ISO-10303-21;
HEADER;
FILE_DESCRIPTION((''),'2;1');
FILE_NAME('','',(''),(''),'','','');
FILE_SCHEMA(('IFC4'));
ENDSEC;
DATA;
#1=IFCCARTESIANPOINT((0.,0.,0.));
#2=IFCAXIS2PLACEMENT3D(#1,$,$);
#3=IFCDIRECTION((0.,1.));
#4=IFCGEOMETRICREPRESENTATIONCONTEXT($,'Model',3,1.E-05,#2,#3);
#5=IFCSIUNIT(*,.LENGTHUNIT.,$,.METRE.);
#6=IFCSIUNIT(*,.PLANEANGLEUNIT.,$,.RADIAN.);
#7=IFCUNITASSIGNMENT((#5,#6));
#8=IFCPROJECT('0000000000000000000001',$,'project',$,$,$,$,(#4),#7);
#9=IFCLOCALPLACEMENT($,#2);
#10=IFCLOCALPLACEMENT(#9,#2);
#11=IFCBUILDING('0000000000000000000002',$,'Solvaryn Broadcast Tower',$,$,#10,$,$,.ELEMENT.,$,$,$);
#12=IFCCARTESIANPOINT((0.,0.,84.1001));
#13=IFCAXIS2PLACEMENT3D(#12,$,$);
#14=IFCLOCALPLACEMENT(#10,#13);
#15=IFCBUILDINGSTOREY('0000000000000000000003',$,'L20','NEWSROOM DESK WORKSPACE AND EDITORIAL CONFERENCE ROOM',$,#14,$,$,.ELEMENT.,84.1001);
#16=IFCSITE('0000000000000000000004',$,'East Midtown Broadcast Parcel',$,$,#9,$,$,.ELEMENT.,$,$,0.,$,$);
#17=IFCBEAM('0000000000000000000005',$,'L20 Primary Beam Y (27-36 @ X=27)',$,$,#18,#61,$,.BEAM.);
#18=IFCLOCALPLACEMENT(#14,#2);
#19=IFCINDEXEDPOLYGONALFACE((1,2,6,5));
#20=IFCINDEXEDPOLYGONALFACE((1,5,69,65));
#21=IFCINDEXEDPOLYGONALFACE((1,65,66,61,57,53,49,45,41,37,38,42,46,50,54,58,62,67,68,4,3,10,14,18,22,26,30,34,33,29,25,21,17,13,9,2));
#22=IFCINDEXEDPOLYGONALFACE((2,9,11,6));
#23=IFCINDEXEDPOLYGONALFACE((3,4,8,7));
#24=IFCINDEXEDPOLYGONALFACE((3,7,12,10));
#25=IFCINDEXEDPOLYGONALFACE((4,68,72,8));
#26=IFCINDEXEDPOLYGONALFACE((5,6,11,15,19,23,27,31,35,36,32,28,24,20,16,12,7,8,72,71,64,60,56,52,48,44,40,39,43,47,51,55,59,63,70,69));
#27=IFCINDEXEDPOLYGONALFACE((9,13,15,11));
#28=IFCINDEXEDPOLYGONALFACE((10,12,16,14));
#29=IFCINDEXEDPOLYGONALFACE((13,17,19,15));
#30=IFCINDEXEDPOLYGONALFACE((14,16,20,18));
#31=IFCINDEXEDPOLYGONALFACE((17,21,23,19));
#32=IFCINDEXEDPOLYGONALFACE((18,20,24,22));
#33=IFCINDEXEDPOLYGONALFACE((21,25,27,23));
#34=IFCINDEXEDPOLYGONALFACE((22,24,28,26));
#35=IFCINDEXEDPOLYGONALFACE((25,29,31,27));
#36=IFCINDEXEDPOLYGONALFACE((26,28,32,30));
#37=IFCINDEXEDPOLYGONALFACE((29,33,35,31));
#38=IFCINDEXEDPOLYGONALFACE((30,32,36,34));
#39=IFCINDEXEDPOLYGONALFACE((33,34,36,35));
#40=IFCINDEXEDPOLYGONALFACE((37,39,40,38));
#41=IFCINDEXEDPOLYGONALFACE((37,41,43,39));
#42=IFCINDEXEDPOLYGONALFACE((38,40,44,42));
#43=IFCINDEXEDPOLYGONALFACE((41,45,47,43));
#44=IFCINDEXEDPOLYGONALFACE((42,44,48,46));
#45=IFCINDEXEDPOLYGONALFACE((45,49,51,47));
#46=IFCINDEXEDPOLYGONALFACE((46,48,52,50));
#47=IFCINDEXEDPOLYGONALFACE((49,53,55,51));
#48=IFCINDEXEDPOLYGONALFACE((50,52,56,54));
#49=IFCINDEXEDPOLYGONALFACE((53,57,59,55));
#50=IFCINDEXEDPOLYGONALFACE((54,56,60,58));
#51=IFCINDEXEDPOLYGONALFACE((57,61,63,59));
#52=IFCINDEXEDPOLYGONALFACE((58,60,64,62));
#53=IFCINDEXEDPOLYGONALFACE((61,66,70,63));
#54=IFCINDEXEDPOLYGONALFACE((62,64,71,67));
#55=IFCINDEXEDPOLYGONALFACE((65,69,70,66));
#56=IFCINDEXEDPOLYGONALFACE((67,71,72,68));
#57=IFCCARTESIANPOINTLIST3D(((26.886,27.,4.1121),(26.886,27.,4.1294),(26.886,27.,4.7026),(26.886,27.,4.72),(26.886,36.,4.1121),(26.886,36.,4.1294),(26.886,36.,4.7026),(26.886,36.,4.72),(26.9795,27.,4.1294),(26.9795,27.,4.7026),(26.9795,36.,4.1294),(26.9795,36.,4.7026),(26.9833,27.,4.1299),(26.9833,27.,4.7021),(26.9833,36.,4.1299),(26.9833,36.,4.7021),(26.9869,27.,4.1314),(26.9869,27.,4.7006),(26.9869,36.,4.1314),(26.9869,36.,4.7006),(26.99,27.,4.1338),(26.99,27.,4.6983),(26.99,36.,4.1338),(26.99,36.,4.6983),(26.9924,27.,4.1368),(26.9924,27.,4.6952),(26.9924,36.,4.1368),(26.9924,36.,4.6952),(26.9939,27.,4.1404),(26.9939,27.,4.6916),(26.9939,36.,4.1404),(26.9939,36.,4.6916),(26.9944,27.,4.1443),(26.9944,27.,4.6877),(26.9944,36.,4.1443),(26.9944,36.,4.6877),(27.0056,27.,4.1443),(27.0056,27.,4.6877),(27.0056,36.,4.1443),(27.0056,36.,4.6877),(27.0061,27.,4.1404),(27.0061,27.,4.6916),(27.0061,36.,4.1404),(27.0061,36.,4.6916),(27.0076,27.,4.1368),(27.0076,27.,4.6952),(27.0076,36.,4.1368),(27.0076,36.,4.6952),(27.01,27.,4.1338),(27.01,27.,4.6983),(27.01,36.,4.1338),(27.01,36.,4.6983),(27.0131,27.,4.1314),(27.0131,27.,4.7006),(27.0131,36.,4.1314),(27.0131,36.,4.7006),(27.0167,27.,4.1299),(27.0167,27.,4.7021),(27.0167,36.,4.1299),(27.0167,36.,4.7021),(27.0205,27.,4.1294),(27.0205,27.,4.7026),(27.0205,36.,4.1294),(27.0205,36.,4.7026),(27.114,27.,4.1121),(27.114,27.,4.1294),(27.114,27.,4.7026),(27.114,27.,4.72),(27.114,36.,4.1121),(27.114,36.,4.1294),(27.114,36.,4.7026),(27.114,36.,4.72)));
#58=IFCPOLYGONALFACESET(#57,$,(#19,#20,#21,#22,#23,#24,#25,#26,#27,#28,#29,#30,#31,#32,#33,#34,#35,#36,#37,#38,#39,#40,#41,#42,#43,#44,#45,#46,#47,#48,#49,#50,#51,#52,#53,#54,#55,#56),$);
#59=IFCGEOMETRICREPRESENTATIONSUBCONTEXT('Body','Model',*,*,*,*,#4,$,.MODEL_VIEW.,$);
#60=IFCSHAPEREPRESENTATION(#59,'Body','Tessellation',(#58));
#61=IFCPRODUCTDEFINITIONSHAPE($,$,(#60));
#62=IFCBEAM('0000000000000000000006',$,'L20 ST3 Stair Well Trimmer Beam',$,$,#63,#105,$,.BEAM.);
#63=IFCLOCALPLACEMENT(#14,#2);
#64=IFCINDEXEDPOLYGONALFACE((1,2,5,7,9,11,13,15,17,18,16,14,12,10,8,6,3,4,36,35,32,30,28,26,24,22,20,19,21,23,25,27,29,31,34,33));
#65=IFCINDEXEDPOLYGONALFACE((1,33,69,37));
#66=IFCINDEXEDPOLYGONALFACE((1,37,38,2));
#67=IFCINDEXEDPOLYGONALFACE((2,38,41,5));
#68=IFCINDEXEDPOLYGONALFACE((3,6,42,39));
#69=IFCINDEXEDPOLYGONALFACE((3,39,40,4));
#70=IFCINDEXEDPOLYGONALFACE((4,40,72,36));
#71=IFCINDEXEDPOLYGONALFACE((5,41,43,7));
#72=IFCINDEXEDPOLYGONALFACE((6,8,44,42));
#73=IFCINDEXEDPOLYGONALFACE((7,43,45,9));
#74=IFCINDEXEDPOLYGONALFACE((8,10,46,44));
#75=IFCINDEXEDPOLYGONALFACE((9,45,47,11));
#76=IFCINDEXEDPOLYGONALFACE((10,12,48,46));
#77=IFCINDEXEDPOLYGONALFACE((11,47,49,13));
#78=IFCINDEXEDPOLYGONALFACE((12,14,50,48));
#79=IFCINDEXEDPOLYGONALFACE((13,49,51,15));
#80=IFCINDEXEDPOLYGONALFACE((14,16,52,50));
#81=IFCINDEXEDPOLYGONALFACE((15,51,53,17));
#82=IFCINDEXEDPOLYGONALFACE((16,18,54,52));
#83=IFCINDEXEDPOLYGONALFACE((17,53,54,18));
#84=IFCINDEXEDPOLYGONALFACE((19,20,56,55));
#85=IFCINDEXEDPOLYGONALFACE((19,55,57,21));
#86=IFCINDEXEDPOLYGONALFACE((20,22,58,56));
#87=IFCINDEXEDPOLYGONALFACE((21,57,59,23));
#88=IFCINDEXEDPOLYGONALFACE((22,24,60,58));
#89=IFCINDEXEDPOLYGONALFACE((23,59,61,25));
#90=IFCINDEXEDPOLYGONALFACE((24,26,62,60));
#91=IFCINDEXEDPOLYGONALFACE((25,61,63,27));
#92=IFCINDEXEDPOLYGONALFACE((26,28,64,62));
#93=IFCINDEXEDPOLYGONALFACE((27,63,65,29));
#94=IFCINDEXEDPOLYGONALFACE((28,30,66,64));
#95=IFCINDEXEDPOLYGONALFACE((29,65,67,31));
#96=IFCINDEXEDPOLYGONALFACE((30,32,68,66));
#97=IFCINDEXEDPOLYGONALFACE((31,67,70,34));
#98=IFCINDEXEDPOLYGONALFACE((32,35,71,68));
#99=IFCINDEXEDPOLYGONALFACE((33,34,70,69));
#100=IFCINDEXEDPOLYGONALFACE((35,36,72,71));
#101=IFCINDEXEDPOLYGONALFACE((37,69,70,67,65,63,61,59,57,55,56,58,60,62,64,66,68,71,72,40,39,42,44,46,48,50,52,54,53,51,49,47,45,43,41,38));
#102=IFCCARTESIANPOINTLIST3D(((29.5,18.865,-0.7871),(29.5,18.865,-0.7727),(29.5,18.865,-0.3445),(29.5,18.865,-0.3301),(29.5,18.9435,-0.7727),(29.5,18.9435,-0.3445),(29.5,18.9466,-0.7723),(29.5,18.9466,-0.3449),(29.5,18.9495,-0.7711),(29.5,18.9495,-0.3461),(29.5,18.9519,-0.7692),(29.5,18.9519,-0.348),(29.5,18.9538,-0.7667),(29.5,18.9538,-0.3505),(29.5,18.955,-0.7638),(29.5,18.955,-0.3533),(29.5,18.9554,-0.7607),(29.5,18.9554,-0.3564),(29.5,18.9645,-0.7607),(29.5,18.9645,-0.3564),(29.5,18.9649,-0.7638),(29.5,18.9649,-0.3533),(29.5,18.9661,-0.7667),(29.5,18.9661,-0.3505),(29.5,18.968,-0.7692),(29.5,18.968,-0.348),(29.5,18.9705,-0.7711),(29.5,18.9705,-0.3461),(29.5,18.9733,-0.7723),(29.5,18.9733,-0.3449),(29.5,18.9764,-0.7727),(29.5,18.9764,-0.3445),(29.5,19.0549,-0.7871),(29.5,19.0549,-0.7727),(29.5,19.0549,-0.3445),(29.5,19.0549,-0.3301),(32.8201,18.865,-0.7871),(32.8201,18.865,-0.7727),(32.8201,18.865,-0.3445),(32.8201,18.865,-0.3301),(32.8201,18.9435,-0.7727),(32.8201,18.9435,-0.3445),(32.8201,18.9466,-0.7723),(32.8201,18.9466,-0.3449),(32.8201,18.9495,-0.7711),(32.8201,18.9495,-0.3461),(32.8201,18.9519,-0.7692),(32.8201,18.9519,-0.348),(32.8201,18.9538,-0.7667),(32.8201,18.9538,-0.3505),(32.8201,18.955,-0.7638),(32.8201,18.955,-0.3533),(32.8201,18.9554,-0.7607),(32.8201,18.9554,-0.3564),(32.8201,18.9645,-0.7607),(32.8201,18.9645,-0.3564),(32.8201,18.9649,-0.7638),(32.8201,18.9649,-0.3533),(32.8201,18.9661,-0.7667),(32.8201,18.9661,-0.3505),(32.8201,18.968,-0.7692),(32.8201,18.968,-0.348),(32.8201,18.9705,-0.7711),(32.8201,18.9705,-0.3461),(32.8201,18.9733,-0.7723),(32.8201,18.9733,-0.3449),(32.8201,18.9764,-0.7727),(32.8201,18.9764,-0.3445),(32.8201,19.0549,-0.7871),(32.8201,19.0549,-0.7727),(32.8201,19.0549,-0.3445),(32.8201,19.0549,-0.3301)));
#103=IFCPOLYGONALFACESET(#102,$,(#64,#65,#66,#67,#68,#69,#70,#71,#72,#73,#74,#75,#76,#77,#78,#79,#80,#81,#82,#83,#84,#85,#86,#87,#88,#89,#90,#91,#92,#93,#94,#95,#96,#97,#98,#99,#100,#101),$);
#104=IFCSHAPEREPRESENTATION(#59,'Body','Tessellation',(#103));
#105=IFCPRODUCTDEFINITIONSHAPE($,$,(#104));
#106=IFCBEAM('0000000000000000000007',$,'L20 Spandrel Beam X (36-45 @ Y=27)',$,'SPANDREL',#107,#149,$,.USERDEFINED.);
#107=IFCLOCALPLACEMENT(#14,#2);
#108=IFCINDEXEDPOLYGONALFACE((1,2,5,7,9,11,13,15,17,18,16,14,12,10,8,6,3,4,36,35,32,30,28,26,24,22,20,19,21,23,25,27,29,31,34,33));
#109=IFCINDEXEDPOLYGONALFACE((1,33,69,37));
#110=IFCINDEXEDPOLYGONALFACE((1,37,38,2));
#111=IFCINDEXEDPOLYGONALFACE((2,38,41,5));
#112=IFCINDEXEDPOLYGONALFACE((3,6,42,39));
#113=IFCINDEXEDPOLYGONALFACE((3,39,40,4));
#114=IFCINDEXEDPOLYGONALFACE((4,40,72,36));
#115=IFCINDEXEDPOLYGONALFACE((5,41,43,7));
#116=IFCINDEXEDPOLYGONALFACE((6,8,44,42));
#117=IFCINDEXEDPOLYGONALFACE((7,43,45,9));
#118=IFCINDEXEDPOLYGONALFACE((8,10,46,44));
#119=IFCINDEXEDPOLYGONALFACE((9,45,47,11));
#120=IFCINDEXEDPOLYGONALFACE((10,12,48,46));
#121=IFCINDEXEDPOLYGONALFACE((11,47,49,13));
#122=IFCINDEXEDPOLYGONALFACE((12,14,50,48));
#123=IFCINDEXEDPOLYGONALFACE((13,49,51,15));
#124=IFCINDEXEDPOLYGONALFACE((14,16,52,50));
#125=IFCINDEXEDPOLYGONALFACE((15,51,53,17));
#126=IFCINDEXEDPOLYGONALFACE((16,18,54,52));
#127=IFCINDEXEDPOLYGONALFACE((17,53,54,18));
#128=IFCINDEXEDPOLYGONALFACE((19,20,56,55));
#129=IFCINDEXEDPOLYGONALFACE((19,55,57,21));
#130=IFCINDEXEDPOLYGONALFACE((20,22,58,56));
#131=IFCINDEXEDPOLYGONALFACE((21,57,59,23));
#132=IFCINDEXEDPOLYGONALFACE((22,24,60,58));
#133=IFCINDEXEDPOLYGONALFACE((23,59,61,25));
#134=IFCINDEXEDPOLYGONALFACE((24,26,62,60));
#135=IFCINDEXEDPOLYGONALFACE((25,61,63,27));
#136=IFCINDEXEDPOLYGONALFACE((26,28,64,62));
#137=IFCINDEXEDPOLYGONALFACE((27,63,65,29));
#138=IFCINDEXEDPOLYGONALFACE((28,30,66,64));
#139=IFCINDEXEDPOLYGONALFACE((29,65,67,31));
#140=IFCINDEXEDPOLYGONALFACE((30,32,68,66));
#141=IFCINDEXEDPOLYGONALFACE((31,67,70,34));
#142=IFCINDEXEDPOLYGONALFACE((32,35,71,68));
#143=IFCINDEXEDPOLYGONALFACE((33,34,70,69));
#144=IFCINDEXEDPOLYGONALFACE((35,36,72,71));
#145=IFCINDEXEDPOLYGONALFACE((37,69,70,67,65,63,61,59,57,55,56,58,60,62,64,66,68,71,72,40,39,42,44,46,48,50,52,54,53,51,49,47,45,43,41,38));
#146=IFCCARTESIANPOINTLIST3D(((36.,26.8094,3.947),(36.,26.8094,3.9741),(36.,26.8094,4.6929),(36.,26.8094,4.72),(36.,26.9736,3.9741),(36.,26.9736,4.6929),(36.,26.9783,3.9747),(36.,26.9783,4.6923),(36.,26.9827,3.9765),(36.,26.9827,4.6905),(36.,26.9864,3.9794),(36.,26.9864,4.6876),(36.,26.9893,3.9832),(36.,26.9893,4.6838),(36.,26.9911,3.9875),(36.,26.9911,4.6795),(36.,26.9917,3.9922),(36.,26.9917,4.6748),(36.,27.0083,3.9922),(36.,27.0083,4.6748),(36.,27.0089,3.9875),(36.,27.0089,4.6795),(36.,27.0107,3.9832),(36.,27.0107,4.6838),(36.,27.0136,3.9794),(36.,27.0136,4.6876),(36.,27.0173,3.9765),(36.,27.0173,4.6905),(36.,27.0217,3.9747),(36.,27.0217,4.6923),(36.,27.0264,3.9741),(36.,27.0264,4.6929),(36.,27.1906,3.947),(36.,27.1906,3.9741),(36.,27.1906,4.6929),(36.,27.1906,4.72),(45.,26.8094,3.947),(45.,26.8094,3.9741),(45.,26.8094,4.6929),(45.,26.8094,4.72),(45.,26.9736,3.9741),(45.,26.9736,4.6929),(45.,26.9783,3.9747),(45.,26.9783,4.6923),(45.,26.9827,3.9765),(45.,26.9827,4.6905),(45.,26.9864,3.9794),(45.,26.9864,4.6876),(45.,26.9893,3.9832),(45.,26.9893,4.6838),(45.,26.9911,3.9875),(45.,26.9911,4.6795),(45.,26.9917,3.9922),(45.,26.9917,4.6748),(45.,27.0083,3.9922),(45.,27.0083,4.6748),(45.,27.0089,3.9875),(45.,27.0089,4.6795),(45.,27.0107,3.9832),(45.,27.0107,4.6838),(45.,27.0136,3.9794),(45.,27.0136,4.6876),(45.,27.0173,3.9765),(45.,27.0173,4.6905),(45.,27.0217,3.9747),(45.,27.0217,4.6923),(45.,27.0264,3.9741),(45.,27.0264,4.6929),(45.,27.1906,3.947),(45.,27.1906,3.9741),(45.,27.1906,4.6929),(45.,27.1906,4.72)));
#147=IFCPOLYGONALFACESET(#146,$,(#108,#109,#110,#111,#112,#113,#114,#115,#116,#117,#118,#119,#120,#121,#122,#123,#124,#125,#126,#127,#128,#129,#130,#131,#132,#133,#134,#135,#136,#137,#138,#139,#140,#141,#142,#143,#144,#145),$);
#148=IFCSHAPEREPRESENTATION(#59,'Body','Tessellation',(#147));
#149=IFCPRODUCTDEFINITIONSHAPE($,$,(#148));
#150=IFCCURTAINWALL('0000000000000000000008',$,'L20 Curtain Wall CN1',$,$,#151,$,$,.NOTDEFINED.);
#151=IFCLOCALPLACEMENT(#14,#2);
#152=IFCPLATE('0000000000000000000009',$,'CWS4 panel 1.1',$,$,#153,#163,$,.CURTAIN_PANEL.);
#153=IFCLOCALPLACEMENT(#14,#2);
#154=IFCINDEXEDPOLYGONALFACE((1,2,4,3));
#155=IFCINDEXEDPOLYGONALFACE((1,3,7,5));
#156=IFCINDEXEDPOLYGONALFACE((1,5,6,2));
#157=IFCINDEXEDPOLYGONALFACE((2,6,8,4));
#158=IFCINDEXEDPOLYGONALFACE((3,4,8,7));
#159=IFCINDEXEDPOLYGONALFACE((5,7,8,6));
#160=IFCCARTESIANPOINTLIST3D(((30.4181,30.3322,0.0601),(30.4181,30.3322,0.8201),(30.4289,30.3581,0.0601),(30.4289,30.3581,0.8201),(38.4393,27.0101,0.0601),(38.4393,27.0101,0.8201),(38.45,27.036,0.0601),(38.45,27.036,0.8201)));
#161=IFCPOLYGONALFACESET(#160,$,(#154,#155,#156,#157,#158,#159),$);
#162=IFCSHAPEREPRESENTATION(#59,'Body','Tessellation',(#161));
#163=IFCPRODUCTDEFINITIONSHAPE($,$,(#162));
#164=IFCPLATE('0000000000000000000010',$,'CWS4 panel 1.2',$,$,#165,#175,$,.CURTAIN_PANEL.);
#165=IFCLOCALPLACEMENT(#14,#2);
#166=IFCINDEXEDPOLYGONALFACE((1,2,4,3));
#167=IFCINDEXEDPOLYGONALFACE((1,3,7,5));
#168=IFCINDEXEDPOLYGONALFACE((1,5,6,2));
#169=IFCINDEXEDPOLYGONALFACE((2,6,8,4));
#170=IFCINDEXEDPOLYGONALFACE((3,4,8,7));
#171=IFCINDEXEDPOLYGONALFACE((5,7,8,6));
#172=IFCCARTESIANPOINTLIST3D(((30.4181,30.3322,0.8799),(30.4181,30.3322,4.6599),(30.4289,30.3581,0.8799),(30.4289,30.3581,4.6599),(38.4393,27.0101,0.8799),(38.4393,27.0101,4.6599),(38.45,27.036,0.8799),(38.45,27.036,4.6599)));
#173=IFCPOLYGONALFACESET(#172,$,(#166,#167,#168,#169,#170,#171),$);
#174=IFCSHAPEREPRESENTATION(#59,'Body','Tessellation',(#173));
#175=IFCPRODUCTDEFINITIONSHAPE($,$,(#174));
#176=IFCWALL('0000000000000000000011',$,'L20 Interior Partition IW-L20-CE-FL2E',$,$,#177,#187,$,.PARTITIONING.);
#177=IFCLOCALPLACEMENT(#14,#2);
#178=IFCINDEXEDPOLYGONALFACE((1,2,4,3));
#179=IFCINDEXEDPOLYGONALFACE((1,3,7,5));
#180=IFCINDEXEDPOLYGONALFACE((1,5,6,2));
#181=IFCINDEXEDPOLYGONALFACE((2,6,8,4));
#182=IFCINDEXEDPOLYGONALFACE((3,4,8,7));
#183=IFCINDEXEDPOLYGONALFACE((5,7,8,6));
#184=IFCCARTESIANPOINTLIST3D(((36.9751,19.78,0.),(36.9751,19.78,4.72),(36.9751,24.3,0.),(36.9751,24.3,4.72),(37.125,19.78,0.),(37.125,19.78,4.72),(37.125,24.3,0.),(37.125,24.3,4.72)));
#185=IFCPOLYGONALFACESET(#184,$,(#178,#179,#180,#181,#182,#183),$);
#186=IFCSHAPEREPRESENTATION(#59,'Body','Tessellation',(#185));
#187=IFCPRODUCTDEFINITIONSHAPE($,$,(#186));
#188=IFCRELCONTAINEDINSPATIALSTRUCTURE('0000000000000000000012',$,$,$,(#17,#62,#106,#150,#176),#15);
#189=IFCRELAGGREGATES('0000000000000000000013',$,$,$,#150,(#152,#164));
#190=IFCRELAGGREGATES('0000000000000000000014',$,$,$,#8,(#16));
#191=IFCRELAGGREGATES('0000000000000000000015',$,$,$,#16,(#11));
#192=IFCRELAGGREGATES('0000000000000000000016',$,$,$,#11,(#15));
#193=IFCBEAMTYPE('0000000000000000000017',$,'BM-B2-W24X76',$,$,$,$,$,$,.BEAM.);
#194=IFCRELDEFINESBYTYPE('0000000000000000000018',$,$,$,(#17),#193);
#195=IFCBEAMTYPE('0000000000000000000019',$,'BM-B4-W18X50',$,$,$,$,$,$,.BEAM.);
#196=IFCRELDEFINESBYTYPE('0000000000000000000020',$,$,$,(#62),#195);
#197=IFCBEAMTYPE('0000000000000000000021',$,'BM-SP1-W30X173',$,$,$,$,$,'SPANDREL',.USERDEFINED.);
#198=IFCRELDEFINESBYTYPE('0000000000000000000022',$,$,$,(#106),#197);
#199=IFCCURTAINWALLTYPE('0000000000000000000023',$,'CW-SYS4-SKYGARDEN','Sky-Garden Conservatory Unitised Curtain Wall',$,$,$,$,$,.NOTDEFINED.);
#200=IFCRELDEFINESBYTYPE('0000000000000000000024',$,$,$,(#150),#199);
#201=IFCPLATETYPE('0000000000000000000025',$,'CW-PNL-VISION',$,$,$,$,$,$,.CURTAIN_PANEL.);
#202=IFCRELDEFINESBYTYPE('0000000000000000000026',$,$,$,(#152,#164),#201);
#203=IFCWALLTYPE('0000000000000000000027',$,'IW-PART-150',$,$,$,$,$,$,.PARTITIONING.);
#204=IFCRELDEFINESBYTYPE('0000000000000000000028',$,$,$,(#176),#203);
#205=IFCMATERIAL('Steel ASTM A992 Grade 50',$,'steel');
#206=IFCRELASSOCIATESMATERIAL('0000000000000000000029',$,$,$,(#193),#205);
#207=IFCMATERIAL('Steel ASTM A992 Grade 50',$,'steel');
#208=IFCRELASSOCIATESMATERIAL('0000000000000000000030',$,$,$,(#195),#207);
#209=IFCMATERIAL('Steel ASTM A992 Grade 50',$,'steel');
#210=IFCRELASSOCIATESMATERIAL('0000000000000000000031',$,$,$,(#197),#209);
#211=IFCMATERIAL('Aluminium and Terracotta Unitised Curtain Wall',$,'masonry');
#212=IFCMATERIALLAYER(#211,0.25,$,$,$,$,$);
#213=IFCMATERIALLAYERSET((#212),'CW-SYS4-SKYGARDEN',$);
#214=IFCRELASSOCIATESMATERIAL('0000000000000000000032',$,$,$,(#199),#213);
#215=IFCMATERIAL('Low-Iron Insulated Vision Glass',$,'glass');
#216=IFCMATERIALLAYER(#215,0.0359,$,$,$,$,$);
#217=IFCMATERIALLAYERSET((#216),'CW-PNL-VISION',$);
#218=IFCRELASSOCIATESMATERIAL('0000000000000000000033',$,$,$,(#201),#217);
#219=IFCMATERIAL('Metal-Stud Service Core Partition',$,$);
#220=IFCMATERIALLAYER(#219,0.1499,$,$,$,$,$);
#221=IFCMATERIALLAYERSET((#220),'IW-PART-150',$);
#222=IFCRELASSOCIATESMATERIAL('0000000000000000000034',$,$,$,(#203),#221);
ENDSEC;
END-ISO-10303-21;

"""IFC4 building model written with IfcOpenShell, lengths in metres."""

from ifc_helpers import new_model, si_unit, direction, frame, frame_2d, origin, origin_2d, place, context, subcontext, project, spatial, rectangle, i_section, extrude, material, layer, layer_set, material_profile, profile_set, type_object, element, aggregate, save


model = new_model("IFC4")

# Units and contexts
model_context = context("Model", 3, precision=1e-05, world=origin(), true_north=direction((0.0, 1.0)))
body_context = subcontext(model_context, "Body", "Model", "MODEL_VIEW")
ifc_project = project(units=[si_unit("LENGTHUNIT", "METRE"), si_unit("PLANEANGLEUNIT", "RADIAN")], contexts=[model_context])

# Site, building, storey
site_placement = place(None, origin())
site = spatial("IfcSite", under=ifc_project, at=site_placement, Name="East Midtown Broadcast Parcel", CompositionType="ELEMENT", RefElevation=0.0)
building_placement = place(site_placement, origin())
building = spatial("IfcBuilding", under=site, at=building_placement, Name="Solvaryn Broadcast Tower", CompositionType="ELEMENT")
storey_placement = place(building_placement, frame((0.0, 0.0, 84.1001)))
storey = spatial("IfcBuildingStorey", under=building, at=storey_placement, Name="L20", Description="NEWSROOM DESK WORKSPACE AND EDITORIAL CONFERENCE ROOM", CompositionType="ELEMENT", Elevation=84.1001)

# Beams
ifc_material_1 = material(Name="Steel ASTM A992 Grade 50", Category="steel")
ifc_material_profile_1 = material_profile(ifc_material_1, i_section(OverallWidth=0.228, OverallDepth=0.6079, WebThickness=0.0112, FlangeThickness=0.0173, FilletRadius=0.0149, at=origin_2d()))
ifc_profile_set_1 = profile_set([ifc_material_profile_1], Name="Steel ASTM A992 Grade 50")
beam_type_1 = type_object("IfcBeamType", Name="BM-B2-W24X76", PredefinedType="BEAM", material=ifc_profile_set_1)
beam_1_placement = place(storey_placement, frame((27.0, 27.0, 4.416), z_axis=(0.0, 1.0, 0.0), x_axis=(-1.0, 0.0, 0.0)))
element("IfcBeam", 1, at=beam_1_placement, inside=storey, type_object=beam_type_1, Name="L20 Primary Beam Y (27-36 @ X=27)", PredefinedType="BEAM", context=body_context, shape_type="SweptSolid", body=[
    extrude(i_section(OverallWidth=0.228, OverallDepth=0.6079, WebThickness=0.0112, FlangeThickness=0.0173, FilletRadius=0.0149, at=origin_2d()), origin(), (0.0, 0.0, 1.0), 9.0),
])
ifc_material_2 = material(Name="Steel ASTM A992 Grade 50", Category="steel")
ifc_material_profile_2 = material_profile(ifc_material_2, i_section(OverallWidth=0.1899, OverallDepth=0.457, WebThickness=0.009, FlangeThickness=0.0144, FilletRadius=0.012, at=origin_2d()))
ifc_profile_set_2 = profile_set([ifc_material_profile_2], Name="Steel ASTM A992 Grade 50")
beam_type_2 = type_object("IfcBeamType", Name="BM-B4-W18X50", PredefinedType="BEAM", material=ifc_profile_set_2)
beam_2_placement = place(storey_placement, frame((29.5, 18.96, -0.5586), z_axis=(1.0, 0.0, 0.0), x_axis=(0.0, 1.0, 0.0)))
element("IfcBeam", 2, at=beam_2_placement, inside=storey, type_object=beam_type_2, Name="L20 ST3 Stair Well Trimmer Beam", PredefinedType="BEAM", context=body_context, shape_type="SweptSolid", body=[
    extrude(i_section(OverallWidth=0.1899, OverallDepth=0.457, WebThickness=0.009, FlangeThickness=0.0144, FilletRadius=0.012, at=origin_2d()), origin(), (0.0, 0.0, 1.0), 3.3201),
])
ifc_material_3 = material(Name="Steel ASTM A992 Grade 50", Category="steel")
ifc_material_profile_3 = material_profile(ifc_material_3, i_section(OverallWidth=0.3811, OverallDepth=0.7729, WebThickness=0.0166, FlangeThickness=0.0271, FilletRadius=0.0181, at=origin_2d()))
ifc_profile_set_3 = profile_set([ifc_material_profile_3], Name="Steel ASTM A992 Grade 50")
beam_type_3 = type_object("IfcBeamType", Name="BM-SP1-W30X173", ElementType="SPANDREL", PredefinedType="USERDEFINED", material=ifc_profile_set_3)
beam_3_placement = place(storey_placement, frame((36.0, 27.0, 4.3335), z_axis=(1.0, 0.0, 0.0), x_axis=(0.0, 1.0, 0.0)))
element("IfcBeam", 3, at=beam_3_placement, inside=storey, type_object=beam_type_3, Name="L20 Spandrel Beam X (36-45 @ Y=27)", ObjectType="SPANDREL", PredefinedType="USERDEFINED", context=body_context, shape_type="SweptSolid", body=[
    extrude(i_section(OverallWidth=0.3811, OverallDepth=0.7729, WebThickness=0.0166, FlangeThickness=0.0271, FilletRadius=0.0181, at=origin_2d()), origin(), (0.0, 0.0, 1.0), 9.0),
])

# Curtain wall, plates
ifc_material_4 = material(Name="Aluminium and Terracotta Unitised Curtain Wall", Category="masonry")
ifc_layer_1 = layer(ifc_material_4, 0.25)
ifc_layer_set_1 = layer_set([ifc_layer_1], Name="CW-SYS4-SKYGARDEN")
curtain_wall_type = type_object("IfcCurtainWallType", Name="CW-SYS4-SKYGARDEN", Description="Sky-Garden Conservatory Unitised Curtain Wall", PredefinedType="NOTDEFINED", material=ifc_layer_set_1)
curtain_wall_placement = place(storey_placement, origin())
curtain_wall = element("IfcCurtainWall", 4, at=curtain_wall_placement, inside=storey, type_object=curtain_wall_type, Name="L20 Curtain Wall CN1", PredefinedType="NOTDEFINED")
ifc_material_5 = material(Name="Low-Iron Insulated Vision Glass", Category="glass")
ifc_layer_2 = layer(ifc_material_5, 0.0359)
ifc_layer_set_2 = layer_set([ifc_layer_2], Name="CW-PNL-VISION")
plate_type = type_object("IfcPlateType", Name="CW-PNL-VISION", PredefinedType="CURTAIN_PANEL", material=ifc_layer_set_2)
plate_1_placement = place(storey_placement, frame((34.4341, 28.6841, 0.0601), z_axis=(0.0, 0.0, 1.0), x_axis=(-0.923895, 0.382646, 0.0)))
plate_1 = element("IfcPlate", 5, at=plate_1_placement, type_object=plate_type, Name="CWS4 panel 1.1", PredefinedType="CURTAIN_PANEL", context=body_context, shape_type="SweptSolid", body=[
    extrude(rectangle(XDim=8.6819, YDim=0.0281, at=origin_2d()), origin(), (0.0, 0.0, 1.0), 0.76),
])
plate_2_placement = place(storey_placement, frame((34.4341, 28.6841, 0.8799), z_axis=(0.0, 0.0, 1.0), x_axis=(-0.923895, 0.382646, 0.0)))
plate_2 = element("IfcPlate", 6, at=plate_2_placement, type_object=plate_type, Name="CWS4 panel 1.2", PredefinedType="CURTAIN_PANEL", context=body_context, shape_type="SweptSolid", body=[
    extrude(rectangle(XDim=8.6819, YDim=0.0281, at=origin_2d()), origin(), (0.0, 0.0, 1.0), 3.78),
])
aggregate(curtain_wall, [plate_1, plate_2])

# Wall
ifc_material_6 = material(Name="Metal-Stud Service Core Partition")
ifc_layer_3 = layer(ifc_material_6, 0.1499)
ifc_layer_set_3 = layer_set([ifc_layer_3], Name="IW-PART-150")
wall_type_1 = type_object("IfcWallType", Name="IW-PART-150", PredefinedType="PARTITIONING", material=ifc_layer_set_3)
wall_1_placement = place(storey_placement, frame((37.05, 19.78, 0.0), z_axis=(0.0, 0.0, 1.0), x_axis=(0.0, 1.0, 0.0)))
element("IfcWall", 7, at=wall_1_placement, inside=storey, type_object=wall_type_1, Name="L20 Interior Partition IW-L20-CE-FL2E", PredefinedType="PARTITIONING", context=body_context, shape_type="SweptSolid", body=[
    extrude(rectangle(XDim=4.52, YDim=0.1499, at=frame_2d((2.26, 0.0))), origin(), (0.0, 0.0, 1.0), 4.72),
])

save(model, "model.ifc")
